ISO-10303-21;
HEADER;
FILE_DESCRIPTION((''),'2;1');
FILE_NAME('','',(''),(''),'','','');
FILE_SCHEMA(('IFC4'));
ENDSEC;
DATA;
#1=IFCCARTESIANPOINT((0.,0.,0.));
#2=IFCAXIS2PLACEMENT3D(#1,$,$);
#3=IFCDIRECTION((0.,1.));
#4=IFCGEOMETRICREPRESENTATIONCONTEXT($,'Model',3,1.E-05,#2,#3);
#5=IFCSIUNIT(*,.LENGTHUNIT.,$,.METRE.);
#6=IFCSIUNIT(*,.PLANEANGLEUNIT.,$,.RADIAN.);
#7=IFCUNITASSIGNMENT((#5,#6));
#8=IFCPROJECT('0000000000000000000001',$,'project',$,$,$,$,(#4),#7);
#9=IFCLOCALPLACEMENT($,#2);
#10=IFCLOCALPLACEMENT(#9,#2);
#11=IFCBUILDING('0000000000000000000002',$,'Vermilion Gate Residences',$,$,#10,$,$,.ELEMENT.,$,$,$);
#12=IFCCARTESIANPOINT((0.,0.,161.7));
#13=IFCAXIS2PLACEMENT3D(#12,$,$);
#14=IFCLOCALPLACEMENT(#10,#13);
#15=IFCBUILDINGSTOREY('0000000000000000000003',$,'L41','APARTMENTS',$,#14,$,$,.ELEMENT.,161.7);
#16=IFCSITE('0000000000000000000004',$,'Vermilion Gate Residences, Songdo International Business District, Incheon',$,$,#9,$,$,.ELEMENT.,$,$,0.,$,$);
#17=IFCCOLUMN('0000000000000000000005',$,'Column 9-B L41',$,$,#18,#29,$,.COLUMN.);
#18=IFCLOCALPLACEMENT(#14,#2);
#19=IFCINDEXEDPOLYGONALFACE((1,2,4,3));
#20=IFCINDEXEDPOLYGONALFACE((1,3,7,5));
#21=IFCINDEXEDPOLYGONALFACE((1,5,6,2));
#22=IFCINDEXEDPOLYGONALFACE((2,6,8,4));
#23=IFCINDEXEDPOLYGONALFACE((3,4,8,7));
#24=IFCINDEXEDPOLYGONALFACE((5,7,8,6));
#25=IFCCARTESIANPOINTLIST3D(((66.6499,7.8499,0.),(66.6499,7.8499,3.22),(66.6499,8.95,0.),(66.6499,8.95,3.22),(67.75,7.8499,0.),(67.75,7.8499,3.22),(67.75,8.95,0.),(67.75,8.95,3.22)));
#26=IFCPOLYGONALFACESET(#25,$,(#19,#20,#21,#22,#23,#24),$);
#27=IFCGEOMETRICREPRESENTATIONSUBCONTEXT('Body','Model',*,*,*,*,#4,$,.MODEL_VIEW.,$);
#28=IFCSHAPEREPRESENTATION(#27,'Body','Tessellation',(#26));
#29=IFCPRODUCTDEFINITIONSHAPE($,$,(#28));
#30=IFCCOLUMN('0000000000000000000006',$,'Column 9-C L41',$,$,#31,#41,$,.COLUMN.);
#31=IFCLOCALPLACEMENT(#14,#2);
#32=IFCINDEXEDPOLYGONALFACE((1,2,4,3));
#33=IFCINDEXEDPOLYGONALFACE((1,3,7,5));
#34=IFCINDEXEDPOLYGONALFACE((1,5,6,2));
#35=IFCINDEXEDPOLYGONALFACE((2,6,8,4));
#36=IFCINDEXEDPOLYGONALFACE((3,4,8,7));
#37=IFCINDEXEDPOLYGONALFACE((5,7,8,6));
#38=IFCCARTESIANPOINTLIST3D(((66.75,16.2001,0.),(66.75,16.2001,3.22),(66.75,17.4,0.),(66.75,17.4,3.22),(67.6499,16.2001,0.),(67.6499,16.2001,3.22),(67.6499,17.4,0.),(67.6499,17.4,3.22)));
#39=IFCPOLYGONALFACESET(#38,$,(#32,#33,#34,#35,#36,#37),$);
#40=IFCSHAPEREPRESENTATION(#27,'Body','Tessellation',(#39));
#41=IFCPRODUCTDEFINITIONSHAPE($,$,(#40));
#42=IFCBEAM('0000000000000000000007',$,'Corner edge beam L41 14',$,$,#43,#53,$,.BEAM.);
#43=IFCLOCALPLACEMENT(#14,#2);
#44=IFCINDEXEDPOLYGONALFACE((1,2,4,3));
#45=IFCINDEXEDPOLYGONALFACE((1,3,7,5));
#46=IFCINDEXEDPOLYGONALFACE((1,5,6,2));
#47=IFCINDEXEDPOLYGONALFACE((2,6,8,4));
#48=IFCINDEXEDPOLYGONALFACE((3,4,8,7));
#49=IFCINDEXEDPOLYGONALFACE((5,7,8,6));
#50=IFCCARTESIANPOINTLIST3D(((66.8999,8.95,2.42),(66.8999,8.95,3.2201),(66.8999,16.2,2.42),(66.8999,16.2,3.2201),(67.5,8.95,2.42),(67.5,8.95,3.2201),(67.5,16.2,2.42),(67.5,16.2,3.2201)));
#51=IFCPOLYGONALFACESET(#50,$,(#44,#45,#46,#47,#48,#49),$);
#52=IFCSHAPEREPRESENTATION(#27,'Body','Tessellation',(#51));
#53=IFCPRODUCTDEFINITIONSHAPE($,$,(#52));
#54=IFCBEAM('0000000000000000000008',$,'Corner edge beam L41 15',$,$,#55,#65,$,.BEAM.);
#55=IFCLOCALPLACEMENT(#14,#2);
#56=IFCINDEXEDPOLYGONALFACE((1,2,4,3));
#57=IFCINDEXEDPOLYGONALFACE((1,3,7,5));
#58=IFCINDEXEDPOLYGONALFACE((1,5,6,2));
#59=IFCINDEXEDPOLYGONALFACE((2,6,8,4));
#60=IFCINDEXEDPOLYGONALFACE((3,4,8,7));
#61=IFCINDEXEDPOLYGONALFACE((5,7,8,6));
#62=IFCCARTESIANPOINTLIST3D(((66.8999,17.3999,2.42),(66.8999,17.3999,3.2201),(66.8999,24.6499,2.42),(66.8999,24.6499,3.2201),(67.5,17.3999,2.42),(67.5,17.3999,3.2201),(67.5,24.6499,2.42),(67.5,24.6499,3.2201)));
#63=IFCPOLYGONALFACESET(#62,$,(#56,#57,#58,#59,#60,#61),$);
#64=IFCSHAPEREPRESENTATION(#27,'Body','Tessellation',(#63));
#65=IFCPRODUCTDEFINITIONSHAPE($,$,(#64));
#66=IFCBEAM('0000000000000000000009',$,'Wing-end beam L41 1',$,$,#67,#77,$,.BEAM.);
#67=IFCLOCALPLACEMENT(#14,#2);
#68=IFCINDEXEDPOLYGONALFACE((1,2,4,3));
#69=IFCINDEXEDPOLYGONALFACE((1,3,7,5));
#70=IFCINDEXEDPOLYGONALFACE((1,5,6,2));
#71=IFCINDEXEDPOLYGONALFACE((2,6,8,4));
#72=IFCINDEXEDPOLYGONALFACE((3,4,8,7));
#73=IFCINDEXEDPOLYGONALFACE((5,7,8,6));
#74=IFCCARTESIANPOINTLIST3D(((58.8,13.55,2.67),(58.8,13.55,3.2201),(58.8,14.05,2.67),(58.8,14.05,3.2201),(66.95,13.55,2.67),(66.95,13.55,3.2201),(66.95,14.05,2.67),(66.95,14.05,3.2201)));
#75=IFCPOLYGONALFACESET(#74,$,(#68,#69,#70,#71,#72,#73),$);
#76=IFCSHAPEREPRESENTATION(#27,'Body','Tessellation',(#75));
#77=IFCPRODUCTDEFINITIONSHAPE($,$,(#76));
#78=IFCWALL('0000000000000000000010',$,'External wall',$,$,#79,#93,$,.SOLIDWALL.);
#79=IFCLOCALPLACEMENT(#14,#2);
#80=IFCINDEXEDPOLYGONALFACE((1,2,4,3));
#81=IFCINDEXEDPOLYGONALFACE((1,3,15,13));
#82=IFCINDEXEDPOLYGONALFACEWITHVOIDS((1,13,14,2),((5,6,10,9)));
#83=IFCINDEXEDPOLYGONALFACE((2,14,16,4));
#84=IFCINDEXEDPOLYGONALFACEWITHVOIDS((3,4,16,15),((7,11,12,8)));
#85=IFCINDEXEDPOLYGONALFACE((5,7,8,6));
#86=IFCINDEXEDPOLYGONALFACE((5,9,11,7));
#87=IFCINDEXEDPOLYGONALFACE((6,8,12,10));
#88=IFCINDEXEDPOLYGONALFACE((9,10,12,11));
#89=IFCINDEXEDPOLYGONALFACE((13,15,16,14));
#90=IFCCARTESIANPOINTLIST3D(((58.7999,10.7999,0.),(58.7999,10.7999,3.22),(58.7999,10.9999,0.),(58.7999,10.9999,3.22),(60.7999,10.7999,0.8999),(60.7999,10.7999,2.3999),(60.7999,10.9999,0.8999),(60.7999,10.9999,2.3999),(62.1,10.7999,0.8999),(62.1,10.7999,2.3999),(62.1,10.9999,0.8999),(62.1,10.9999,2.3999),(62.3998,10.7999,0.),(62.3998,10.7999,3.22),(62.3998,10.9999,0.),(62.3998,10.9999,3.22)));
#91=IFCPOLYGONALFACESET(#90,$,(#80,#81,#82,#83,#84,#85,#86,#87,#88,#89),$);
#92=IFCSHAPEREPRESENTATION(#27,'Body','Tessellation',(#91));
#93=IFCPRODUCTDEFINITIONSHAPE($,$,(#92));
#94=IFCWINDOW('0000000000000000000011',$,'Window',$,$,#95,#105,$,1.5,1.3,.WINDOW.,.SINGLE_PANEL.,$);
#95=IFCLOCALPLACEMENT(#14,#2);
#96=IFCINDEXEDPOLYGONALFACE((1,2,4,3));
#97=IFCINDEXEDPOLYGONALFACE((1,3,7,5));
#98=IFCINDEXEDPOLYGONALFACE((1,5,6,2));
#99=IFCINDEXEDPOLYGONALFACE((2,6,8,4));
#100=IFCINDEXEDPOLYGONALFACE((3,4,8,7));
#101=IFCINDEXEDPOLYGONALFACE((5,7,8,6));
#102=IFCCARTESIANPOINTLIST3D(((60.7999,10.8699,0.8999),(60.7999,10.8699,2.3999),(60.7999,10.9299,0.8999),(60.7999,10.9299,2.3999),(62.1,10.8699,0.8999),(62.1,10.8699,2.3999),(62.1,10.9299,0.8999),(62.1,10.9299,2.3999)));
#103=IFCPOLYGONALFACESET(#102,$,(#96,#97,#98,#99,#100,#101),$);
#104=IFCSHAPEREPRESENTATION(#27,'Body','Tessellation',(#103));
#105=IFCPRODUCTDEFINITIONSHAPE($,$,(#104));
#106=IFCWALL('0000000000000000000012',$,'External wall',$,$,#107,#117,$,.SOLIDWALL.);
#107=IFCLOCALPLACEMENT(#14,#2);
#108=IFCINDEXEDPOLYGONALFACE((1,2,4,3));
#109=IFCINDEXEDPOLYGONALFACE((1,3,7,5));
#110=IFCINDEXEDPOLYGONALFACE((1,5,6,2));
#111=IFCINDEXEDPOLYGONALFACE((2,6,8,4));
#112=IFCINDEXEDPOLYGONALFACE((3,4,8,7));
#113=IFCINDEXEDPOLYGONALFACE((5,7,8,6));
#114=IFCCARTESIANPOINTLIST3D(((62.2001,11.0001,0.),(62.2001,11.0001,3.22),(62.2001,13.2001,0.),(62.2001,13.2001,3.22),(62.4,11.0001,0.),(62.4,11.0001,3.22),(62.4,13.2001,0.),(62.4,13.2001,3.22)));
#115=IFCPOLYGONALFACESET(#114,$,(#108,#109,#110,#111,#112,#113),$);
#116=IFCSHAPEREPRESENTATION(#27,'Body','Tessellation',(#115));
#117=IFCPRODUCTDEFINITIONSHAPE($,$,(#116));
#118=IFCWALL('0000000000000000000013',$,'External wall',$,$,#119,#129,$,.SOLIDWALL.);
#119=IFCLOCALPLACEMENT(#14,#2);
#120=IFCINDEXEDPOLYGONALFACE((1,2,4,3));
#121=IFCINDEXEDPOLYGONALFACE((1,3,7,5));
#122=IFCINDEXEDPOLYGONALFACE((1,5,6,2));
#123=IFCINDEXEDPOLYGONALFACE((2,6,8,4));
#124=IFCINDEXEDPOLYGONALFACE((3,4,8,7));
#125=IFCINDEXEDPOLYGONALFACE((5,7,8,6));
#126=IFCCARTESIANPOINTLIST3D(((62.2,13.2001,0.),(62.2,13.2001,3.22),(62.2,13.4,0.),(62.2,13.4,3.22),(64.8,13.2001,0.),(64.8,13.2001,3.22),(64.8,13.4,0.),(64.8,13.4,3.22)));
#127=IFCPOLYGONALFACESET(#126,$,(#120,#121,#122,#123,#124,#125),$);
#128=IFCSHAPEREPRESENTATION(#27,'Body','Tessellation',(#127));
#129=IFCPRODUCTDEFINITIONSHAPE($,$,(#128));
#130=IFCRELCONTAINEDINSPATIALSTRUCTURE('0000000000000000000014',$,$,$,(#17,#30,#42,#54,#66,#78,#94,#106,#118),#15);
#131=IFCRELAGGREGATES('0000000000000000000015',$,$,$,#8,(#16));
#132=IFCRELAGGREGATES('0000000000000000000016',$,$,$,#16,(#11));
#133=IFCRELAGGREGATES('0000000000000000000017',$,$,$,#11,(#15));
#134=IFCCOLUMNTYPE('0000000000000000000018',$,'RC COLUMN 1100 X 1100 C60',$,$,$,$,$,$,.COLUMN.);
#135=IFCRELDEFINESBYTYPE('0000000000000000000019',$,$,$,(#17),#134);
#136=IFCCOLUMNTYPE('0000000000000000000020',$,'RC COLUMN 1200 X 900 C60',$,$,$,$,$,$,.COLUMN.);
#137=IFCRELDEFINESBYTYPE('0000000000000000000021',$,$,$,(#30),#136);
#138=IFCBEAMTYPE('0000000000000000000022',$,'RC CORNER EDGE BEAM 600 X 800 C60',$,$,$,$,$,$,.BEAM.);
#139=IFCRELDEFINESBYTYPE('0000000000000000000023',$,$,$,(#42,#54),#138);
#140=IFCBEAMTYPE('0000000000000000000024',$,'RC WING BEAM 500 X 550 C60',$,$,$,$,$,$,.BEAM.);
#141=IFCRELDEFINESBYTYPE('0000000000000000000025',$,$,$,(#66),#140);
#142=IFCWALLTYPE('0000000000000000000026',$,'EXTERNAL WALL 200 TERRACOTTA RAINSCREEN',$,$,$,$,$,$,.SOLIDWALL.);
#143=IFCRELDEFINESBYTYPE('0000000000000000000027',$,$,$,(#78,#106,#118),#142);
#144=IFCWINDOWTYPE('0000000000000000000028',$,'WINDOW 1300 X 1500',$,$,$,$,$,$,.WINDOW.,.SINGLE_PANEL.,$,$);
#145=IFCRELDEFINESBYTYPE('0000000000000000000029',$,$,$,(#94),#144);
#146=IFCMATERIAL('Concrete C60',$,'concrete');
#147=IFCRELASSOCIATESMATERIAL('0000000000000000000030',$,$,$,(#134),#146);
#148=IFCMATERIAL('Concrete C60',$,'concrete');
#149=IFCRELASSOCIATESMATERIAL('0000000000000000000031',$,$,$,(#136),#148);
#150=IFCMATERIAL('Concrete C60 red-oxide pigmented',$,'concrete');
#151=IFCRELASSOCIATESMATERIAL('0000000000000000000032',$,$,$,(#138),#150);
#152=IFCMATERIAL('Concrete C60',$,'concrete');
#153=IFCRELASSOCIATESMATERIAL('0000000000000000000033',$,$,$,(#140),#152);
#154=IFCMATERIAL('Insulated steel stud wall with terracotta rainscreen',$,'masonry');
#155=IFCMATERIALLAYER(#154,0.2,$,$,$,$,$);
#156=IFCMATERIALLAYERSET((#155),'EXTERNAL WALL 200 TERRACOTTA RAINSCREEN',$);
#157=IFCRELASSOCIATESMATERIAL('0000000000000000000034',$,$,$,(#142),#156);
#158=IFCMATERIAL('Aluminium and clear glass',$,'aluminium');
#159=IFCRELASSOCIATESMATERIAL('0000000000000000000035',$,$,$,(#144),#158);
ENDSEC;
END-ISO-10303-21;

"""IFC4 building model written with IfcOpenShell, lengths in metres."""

from ifc_helpers import new_model, si_unit, direction, frame, frame_2d, origin, origin_2d, place, context, subcontext, project, spatial, rectangle, extrude, material, layer, layer_set, material_profile, profile_set, type_object, element, fill, save


model = new_model("IFC4")

# Units and contexts
model_context = context("Model", 3, precision=1e-05, world=origin(), true_north=direction((0.0, 1.0)))
body_context = subcontext(model_context, "Body", "Model", "MODEL_VIEW")
ifc_project = project(units=[si_unit("LENGTHUNIT", "METRE"), si_unit("PLANEANGLEUNIT", "RADIAN")], contexts=[model_context])

# Site, building, storey
site_placement = place(None, origin())
site = spatial("IfcSite", under=ifc_project, at=site_placement, Name="Vermilion Gate Residences, Songdo International Business District, Incheon", CompositionType="ELEMENT", RefElevation=0.0)
building_placement = place(site_placement, origin())
building = spatial("IfcBuilding", under=site, at=building_placement, Name="Vermilion Gate Residences", CompositionType="ELEMENT")
storey_placement = place(building_placement, frame((0.0, 0.0, 161.7)))
storey = spatial("IfcBuildingStorey", under=building, at=storey_placement, Name="L41", Description="APARTMENTS", CompositionType="ELEMENT", Elevation=161.7)

# Columns
ifc_material_1 = material(Name="Concrete C60", Category="concrete")
ifc_material_profile_1 = material_profile(ifc_material_1, rectangle(XDim=1.1001, YDim=1.1001, at=origin_2d()), Name="RC-1100x1100")
ifc_profile_set_1 = profile_set([ifc_material_profile_1], Name="Concrete C60")
column_type_1 = type_object("IfcColumnType", Name="RC COLUMN 1100 X 1100 C60", PredefinedType="COLUMN", material=ifc_profile_set_1)
column_1_placement = place(storey_placement, frame((67.2, 8.3999, 0.0), z_axis=(0.0, 0.0, 1.0), x_axis=(1.0, 0.0, 0.0)))
element("IfcColumn", 1, at=column_1_placement, inside=storey, type_object=column_type_1, Name="Column 9-B L41", PredefinedType="COLUMN", context=body_context, shape_type="SweptSolid", body=[
    extrude(rectangle(XDim=1.1001, YDim=1.1001, at=origin_2d()), origin(), (0.0, 0.0, 1.0), 3.22),
])
ifc_material_2 = material(Name="Concrete C60", Category="concrete")
ifc_material_profile_2 = material_profile(ifc_material_2, rectangle(XDim=1.2, YDim=0.8999, at=origin_2d()), Name="RC-1200x900")
ifc_profile_set_2 = profile_set([ifc_material_profile_2], Name="Concrete C60")
column_type_2 = type_object("IfcColumnType", Name="RC COLUMN 1200 X 900 C60", PredefinedType="COLUMN", material=ifc_profile_set_2)
column_2_placement = place(storey_placement, frame((67.2, 16.8, 0.0), z_axis=(0.0, 0.0, 1.0), x_axis=(0.0, 1.0, 0.0)))
element("IfcColumn", 2, at=column_2_placement, inside=storey, type_object=column_type_2, Name="Column 9-C L41", PredefinedType="COLUMN", context=body_context, shape_type="SweptSolid", body=[
    extrude(rectangle(XDim=1.2, YDim=0.8999, at=origin_2d()), origin(), (0.0, 0.0, 1.0), 3.22),
])

# Beams
ifc_material_3 = material(Name="Concrete C60 red-oxide pigmented", Category="concrete")
ifc_material_profile_3 = material_profile(ifc_material_3, rectangle(XDim=0.6001, YDim=0.8, at=origin_2d()), Name="RC-600x800")
ifc_profile_set_3 = profile_set([ifc_material_profile_3], Name="Concrete C60 red-oxide pigmented")
beam_type_1 = type_object("IfcBeamType", Name="RC CORNER EDGE BEAM 600 X 800 C60", PredefinedType="BEAM", material=ifc_profile_set_3)
for number, where, z_axis, x_axis, name in (
    (3, (67.2, 8.95, 2.8201), (0.0, 1.0, 0.0), (-1.0, 0.0, 0.0), "Corner edge beam L41 14"),
    (4, (67.2, 17.3999, 2.8201), (0.0, 1.0, 0.0), (-1.0, 0.0, 0.0), "Corner edge beam L41 15"),
):
    element("IfcBeam", number, at=place(storey_placement, frame(where, z_axis=z_axis, x_axis=x_axis)), inside=storey, type_object=beam_type_1, Name=name, PredefinedType="BEAM", context=body_context, shape_type="SweptSolid", body=[
        extrude(rectangle(XDim=0.6001, YDim=0.8, at=origin_2d()), origin(), (0.0, 0.0, 1.0), 7.25),
    ])
ifc_material_4 = material(Name="Concrete C60", Category="concrete")
ifc_material_profile_4 = material_profile(ifc_material_4, rectangle(XDim=0.5, YDim=0.55, at=origin_2d()), Name="RC-500x550")
ifc_profile_set_4 = profile_set([ifc_material_profile_4], Name="Concrete C60")
beam_type_2 = type_object("IfcBeamType", Name="RC WING BEAM 500 X 550 C60", PredefinedType="BEAM", material=ifc_profile_set_4)
beam_placement = place(storey_placement, frame((58.8, 13.8, 2.9451), z_axis=(1.0, 0.0, 0.0), x_axis=(0.0, 1.0, 0.0)))
element("IfcBeam", 5, at=beam_placement, inside=storey, type_object=beam_type_2, Name="Wing-end beam L41 1", PredefinedType="BEAM", context=body_context, shape_type="SweptSolid", body=[
    extrude(rectangle(XDim=0.5, YDim=0.55, at=origin_2d()), origin(), (0.0, 0.0, 1.0), 8.1499),
])

# Wall, opening, window
ifc_material_5 = material(Name="Insulated steel stud wall with terracotta rainscreen", Category="masonry")
ifc_layer_1 = layer(ifc_material_5, 0.2)
ifc_layer_set_1 = layer_set([ifc_layer_1], Name="EXTERNAL WALL 200 TERRACOTTA RAINSCREEN")
wall_type_1 = type_object("IfcWallType", Name="EXTERNAL WALL 200 TERRACOTTA RAINSCREEN", PredefinedType="SOLIDWALL", material=ifc_layer_set_1)
wall_1_placement = place(storey_placement, frame((58.8, 10.8999, 0.0), z_axis=(0.0, 0.0, 1.0), x_axis=(1.0, 0.0, 0.0)))
wall_1 = element("IfcWall", 6, at=wall_1_placement, inside=storey, type_object=wall_type_1, Name="External wall", PredefinedType="SOLIDWALL", context=body_context, shape_type="SweptSolid", body=[
    extrude(rectangle(XDim=3.5999, YDim=0.2, at=frame_2d((1.7998, 0.0))), origin(), (0.0, 0.0, 1.0), 3.22),
])
opening_1_placement = place(wall_1_placement, frame((2.0, 0.0, 0.8999)))
opening_1 = element("IfcOpeningElement", 7, at=opening_1_placement, cuts=wall_1, PredefinedType="OPENING", context=body_context, shape_type="SweptSolid", body=[
    extrude(rectangle(XDim=1.3, YDim=1.5, at=frame_2d((0.6499, 0.75))), frame((0.0, 0.1099, 0.0), z_axis=(0.0, -1.0, 0.0), x_axis=(1.0, 0.0, 0.0)), (0.0, 0.0, 1.0), 0.22),
])
ifc_material_6 = material(Name="Aluminium and clear glass", Category="aluminium")
window_type_1 = type_object("IfcWindowType", Name="WINDOW 1300 X 1500", PartitioningType="SINGLE_PANEL", PredefinedType="WINDOW", material=ifc_material_6)
window_1_placement = place(opening_1_placement, origin())
window_1 = element("IfcWindow", 8, at=window_1_placement, inside=storey, type_object=window_type_1, Name="Window", OverallHeight=1.5, OverallWidth=1.3, PartitioningType="SINGLE_PANEL", PredefinedType="WINDOW", context=body_context, shape_type="SweptSolid", body=[
    extrude(rectangle(XDim=1.3, YDim=1.5, at=frame_2d((0.6499, 0.75))), frame((0.0, 0.03, 0.0), z_axis=(0.0, -1.0, 0.0), x_axis=(1.0, 0.0, 0.0)), (0.0, 0.0, 1.0), 0.0601),
])
fill(opening_1, window_1)

# Walls
wall_2_placement = place(storey_placement, frame((62.3, 11.0, 0.0), z_axis=(0.0, 0.0, 1.0), x_axis=(0.0, 1.0, 0.0)))
element("IfcWall", 9, at=wall_2_placement, inside=storey, type_object=wall_type_1, Name="External wall", PredefinedType="SOLIDWALL", context=body_context, shape_type="SweptSolid", body=[
    extrude(rectangle(XDim=2.2, YDim=0.2, at=frame_2d((1.1001, 0.0))), origin(), (0.0, 0.0, 1.0), 3.22),
])
wall_3_placement = place(storey_placement, frame((62.2, 13.3, 0.0), z_axis=(0.0, 0.0, 1.0), x_axis=(1.0, 0.0, 0.0)))
element("IfcWall", 10, at=wall_3_placement, inside=storey, type_object=wall_type_1, Name="External wall", PredefinedType="SOLIDWALL", context=body_context, shape_type="SweptSolid", body=[
    extrude(rectangle(XDim=2.6001, YDim=0.2, at=frame_2d((1.3, 0.0))), origin(), (0.0, 0.0, 1.0), 3.22),
])

save(model, "model.ifc")
